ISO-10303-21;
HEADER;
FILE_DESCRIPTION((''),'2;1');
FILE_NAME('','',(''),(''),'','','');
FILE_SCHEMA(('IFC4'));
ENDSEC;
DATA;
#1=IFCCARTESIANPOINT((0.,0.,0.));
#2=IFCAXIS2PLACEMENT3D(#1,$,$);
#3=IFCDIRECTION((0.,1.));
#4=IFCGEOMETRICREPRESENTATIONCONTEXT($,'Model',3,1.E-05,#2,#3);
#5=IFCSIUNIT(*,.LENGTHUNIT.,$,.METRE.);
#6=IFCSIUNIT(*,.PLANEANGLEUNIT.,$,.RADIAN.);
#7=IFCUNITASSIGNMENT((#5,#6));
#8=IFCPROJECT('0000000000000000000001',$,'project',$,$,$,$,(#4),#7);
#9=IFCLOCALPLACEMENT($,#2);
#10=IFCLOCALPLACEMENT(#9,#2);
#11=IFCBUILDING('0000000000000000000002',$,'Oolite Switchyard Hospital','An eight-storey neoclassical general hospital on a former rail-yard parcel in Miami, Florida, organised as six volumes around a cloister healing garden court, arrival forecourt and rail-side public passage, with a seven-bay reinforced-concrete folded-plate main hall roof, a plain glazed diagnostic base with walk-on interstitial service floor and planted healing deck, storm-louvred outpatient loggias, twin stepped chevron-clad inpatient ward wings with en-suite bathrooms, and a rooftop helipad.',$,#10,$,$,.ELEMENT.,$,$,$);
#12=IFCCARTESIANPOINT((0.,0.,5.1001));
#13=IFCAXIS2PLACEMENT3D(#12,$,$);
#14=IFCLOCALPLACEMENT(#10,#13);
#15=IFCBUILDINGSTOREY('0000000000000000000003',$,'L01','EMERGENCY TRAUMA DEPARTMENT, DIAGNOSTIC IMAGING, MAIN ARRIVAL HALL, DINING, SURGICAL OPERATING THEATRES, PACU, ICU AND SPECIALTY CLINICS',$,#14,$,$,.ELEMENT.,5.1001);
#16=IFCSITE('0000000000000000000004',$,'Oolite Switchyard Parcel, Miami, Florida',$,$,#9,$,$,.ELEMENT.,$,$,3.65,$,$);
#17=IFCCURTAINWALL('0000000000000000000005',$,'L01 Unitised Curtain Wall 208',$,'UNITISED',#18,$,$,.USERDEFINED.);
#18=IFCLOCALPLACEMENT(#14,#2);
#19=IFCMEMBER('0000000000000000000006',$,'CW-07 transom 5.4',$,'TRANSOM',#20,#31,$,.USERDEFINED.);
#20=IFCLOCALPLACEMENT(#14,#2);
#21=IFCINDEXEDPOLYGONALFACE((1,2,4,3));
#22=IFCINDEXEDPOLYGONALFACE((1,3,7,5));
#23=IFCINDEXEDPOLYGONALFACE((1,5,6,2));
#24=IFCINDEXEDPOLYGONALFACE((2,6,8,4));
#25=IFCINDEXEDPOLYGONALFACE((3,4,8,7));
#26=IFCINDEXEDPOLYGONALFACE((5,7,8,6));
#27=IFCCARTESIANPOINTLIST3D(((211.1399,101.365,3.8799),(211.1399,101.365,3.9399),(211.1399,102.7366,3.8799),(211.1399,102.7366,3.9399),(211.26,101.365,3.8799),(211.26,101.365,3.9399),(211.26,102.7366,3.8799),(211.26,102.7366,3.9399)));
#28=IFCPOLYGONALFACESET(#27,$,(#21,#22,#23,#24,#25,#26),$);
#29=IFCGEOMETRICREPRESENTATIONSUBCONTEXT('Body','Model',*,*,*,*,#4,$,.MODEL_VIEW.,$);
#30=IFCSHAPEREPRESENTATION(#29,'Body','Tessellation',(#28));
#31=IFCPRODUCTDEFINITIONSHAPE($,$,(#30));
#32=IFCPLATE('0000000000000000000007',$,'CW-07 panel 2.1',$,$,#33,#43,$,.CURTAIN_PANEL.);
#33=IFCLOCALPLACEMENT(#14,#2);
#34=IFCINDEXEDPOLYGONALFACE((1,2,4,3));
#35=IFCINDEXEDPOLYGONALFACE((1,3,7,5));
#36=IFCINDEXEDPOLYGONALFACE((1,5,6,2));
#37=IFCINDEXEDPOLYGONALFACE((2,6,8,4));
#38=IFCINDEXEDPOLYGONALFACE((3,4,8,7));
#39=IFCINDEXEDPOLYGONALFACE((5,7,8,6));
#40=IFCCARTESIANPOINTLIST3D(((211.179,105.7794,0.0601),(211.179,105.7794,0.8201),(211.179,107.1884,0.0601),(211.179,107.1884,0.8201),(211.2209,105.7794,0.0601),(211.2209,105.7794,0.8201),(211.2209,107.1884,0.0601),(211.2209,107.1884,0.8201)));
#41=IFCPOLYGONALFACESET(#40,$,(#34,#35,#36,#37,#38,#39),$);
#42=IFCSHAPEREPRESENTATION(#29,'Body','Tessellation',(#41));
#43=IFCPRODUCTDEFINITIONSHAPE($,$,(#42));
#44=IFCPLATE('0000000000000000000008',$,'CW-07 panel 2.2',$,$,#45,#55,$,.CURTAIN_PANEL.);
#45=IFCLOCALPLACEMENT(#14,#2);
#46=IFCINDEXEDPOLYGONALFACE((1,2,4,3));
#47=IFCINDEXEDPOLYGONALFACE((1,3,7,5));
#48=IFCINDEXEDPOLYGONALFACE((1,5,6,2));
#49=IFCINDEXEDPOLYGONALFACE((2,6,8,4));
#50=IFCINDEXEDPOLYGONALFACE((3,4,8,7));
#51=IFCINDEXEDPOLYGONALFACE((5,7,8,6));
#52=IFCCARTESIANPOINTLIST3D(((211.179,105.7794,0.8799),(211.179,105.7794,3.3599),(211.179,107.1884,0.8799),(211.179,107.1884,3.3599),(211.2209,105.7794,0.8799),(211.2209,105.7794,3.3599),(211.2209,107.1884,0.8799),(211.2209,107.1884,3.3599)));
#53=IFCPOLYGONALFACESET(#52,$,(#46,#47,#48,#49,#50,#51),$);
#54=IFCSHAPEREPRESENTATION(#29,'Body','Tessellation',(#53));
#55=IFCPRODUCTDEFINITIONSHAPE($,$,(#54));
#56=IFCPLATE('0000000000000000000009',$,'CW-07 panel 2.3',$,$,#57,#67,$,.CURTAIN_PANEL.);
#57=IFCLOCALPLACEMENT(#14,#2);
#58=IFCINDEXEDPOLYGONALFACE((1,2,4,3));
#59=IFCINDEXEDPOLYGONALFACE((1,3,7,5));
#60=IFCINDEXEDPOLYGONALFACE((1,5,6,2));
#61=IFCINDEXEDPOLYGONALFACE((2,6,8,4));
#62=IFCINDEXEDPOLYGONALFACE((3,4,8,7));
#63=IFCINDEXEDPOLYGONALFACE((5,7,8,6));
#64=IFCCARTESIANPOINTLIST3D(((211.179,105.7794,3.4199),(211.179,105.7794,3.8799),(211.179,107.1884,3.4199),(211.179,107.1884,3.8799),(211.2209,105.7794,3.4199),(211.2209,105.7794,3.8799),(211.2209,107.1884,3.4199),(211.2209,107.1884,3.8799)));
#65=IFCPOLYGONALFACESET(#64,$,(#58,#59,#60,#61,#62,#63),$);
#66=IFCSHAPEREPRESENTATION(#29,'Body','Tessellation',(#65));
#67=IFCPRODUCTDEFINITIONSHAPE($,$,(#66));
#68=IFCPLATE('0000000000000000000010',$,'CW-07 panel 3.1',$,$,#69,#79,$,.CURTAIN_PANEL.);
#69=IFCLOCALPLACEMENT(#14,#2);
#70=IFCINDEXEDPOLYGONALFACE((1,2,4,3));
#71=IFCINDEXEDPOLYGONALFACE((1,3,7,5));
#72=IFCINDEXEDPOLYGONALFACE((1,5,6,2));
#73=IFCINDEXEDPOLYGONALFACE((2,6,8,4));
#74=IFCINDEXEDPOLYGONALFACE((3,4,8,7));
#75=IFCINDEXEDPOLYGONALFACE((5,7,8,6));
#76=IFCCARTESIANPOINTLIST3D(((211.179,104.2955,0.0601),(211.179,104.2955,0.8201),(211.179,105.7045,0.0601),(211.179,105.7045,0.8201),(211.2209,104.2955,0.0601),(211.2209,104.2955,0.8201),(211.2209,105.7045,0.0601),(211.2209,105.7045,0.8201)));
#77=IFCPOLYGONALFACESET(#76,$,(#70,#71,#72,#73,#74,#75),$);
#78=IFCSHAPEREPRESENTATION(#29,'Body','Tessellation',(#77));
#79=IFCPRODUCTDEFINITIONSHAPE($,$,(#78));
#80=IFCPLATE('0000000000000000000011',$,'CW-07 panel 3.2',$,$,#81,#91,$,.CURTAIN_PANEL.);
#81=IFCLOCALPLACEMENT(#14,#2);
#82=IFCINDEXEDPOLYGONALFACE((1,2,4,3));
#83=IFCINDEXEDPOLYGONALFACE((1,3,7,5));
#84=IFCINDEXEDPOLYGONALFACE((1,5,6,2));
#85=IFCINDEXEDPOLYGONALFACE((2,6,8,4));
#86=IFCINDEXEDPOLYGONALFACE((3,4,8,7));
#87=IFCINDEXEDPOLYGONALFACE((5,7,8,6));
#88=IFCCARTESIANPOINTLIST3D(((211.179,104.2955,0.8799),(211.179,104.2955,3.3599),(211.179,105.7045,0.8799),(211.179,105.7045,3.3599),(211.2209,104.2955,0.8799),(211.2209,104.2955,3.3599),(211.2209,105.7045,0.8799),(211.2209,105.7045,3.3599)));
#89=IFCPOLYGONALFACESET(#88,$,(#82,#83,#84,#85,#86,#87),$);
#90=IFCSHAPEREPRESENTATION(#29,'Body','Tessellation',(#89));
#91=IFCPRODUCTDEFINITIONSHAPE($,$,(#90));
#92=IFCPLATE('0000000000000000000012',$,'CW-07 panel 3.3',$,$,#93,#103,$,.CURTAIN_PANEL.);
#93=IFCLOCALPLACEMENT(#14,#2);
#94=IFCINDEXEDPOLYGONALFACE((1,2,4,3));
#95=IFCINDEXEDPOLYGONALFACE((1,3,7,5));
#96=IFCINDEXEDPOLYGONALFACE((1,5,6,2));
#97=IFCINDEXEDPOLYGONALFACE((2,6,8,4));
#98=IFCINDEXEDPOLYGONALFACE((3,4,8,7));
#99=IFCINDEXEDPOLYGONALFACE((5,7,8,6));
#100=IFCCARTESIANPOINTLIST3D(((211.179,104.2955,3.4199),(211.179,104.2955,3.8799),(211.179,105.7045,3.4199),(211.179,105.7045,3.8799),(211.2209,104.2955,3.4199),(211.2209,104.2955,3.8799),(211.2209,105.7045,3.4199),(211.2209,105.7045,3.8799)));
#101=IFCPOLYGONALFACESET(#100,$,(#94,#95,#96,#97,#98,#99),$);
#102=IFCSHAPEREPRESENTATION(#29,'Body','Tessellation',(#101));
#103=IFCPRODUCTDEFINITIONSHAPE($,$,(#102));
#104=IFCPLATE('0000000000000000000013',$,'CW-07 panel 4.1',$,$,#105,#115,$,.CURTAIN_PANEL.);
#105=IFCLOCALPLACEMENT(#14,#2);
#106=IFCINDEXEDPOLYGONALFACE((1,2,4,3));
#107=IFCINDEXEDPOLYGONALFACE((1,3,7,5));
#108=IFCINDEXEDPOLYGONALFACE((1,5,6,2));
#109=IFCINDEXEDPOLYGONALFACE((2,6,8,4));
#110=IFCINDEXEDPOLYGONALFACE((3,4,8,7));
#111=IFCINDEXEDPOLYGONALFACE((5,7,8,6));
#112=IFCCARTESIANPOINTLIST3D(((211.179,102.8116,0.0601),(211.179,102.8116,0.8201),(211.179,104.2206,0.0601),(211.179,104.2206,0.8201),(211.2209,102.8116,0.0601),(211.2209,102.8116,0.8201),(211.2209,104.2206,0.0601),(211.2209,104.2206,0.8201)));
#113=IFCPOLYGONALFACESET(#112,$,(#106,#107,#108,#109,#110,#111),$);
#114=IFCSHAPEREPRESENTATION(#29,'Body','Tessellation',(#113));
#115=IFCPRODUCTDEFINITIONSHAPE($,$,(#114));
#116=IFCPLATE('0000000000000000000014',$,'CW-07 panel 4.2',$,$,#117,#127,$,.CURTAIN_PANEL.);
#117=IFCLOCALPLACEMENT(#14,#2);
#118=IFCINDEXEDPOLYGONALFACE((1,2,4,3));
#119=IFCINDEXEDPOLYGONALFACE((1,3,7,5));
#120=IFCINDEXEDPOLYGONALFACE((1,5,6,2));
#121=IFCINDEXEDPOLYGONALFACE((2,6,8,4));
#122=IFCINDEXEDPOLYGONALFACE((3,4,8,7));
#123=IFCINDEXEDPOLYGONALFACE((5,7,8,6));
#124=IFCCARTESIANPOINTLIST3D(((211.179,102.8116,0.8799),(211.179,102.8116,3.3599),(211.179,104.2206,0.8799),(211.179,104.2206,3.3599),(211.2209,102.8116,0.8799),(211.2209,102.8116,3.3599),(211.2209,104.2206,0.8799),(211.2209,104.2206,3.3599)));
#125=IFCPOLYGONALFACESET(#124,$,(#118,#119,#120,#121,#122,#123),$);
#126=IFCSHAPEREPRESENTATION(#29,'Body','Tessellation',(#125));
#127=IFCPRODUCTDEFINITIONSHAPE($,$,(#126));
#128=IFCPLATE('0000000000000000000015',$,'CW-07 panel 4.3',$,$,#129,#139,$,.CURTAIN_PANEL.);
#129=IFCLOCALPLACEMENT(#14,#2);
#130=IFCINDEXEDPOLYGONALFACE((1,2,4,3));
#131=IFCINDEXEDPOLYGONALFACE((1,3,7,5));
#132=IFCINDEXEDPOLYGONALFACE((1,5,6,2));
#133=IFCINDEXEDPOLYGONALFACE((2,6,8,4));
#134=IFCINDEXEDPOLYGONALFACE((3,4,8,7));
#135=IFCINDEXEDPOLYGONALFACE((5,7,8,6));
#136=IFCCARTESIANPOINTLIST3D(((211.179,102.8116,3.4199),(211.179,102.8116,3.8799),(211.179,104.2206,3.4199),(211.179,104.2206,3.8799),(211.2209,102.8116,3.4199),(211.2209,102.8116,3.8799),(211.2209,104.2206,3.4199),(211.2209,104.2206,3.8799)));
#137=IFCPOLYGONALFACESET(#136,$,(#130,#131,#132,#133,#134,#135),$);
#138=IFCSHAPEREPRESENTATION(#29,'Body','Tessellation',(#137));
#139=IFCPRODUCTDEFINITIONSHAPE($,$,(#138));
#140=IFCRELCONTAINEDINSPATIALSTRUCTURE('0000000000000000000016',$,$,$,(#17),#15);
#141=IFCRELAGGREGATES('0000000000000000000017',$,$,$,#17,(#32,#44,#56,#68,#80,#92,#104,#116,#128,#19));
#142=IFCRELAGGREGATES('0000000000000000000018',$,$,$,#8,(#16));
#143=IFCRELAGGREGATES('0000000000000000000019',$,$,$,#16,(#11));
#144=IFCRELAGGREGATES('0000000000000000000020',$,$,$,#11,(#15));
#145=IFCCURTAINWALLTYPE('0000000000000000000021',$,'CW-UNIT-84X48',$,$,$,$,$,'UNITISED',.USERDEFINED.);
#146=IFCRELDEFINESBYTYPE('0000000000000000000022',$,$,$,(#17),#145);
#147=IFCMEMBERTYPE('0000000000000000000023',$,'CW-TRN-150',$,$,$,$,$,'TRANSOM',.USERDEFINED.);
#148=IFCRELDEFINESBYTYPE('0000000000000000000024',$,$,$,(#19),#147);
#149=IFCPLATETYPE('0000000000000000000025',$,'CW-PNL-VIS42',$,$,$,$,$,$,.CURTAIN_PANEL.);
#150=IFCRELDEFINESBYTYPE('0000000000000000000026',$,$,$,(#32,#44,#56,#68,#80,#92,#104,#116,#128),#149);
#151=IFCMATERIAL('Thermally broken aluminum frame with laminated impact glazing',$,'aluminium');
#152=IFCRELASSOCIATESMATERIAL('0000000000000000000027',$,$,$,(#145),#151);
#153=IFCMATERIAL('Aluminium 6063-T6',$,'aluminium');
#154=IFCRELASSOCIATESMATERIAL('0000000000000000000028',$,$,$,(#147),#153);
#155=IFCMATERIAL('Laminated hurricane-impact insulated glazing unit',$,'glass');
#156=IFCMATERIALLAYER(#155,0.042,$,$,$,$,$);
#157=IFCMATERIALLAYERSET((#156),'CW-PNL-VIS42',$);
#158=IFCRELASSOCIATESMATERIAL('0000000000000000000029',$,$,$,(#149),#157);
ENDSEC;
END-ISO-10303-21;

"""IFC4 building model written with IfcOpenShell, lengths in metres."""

from ifc_helpers import new_model, si_unit, direction, frame, origin, origin_2d, place, context, subcontext, project, spatial, rectangle, extrude, material, layer, layer_set, material_profile, profile_set, type_object, element, aggregate, save


model = new_model("IFC4")

# Units and contexts
model_context = context("Model", 3, precision=1e-05, world=origin(), true_north=direction((0.0, 1.0)))
body_context = subcontext(model_context, "Body", "Model", "MODEL_VIEW")
ifc_project = project(units=[si_unit("LENGTHUNIT", "METRE"), si_unit("PLANEANGLEUNIT", "RADIAN")], contexts=[model_context])

# Site, building, storey
site_placement = place(None, origin())
site = spatial("IfcSite", under=ifc_project, at=site_placement, Name="Oolite Switchyard Parcel, Miami, Florida", CompositionType="ELEMENT", RefElevation=3.65)
building_placement = place(site_placement, origin())
building = spatial("IfcBuilding", under=site, at=building_placement, Name="Oolite Switchyard Hospital", Description="An eight-storey neoclassical general hospital on a former rail-yard parcel in Miami, Florida, organised as six volumes around a cloister healing garden court, arrival forecourt and rail-side public passage, with a seven-bay reinforced-concrete folded-plate main hall roof, a plain glazed diagnostic base with walk-on interstitial service floor and planted healing deck, storm-louvred outpatient loggias, twin stepped chevron-clad inpatient ward wings with en-suite bathrooms, and a rooftop helipad.", CompositionType="ELEMENT")
storey_placement = place(building_placement, frame((0.0, 0.0, 5.1001)))
storey = spatial("IfcBuildingStorey", under=building, at=storey_placement, Name="L01", Description="EMERGENCY TRAUMA DEPARTMENT, DIAGNOSTIC IMAGING, MAIN ARRIVAL HALL, DINING, SURGICAL OPERATING THEATRES, PACU, ICU AND SPECIALTY CLINICS", CompositionType="ELEMENT", Elevation=5.1001)

# Curtain wall, member, plates
ifc_material_1 = material(Name="Thermally broken aluminum frame with laminated impact glazing", Category="aluminium")
curtain_wall_type = type_object("IfcCurtainWallType", Name="CW-UNIT-84X48", ElementType="UNITISED", PredefinedType="USERDEFINED", material=ifc_material_1)
curtain_wall_placement = place(storey_placement, origin())
curtain_wall = element("IfcCurtainWall", 1, at=curtain_wall_placement, inside=storey, type_object=curtain_wall_type, Name="L01 Unitised Curtain Wall 208", ObjectType="UNITISED", PredefinedType="USERDEFINED")
ifc_material_2 = material(Name="Aluminium 6063-T6", Category="aluminium")
ifc_material_profile_1 = material_profile(ifc_material_2, rectangle(XDim=0.1201, YDim=0.0601, at=origin_2d()), Name="CWT60X120")
ifc_profile_set_1 = profile_set([ifc_material_profile_1], Name="Aluminium 6063-T6")
member_type_1 = type_object("IfcMemberType", Name="CW-TRN-150", ElementType="TRANSOM", PredefinedType="USERDEFINED", material=ifc_profile_set_1)
member_1_placement = place(storey_placement, frame((211.2, 102.7366, 3.9099), z_axis=(0.0, -1.0, 0.0), x_axis=(1.0, 0.0, 0.0)))
member_1 = element("IfcMember", 2, at=member_1_placement, type_object=member_type_1, Name="CW-07 transom 5.4", ObjectType="TRANSOM", PredefinedType="USERDEFINED", context=body_context, shape_type="SweptSolid", body=[
    extrude(rectangle(XDim=0.1201, YDim=0.0601, at=origin_2d()), origin(), (0.0, 0.0, 1.0), 1.3716),
])
ifc_material_3 = material(Name="Laminated hurricane-impact insulated glazing unit", Category="glass")
ifc_layer = layer(ifc_material_3, 0.042)
ifc_layer_set = layer_set([ifc_layer], Name="CW-PNL-VIS42")
plate_type = type_object("IfcPlateType", Name="CW-PNL-VIS42", PredefinedType="CURTAIN_PANEL", material=ifc_layer_set)
plate_1_placement = place(storey_placement, frame((211.2, 106.4839, 0.0601), z_axis=(0.0, 0.0, 1.0), x_axis=(0.0, -1.0, 0.0)))
plate_1 = element("IfcPlate", 3, at=plate_1_placement, type_object=plate_type, Name="CW-07 panel 2.1", PredefinedType="CURTAIN_PANEL", context=body_context, shape_type="SweptSolid", body=[
    extrude(rectangle(XDim=1.4089, YDim=0.042, at=origin_2d()), origin(), (0.0, 0.0, 1.0), 0.76),
])
plate_2_placement = place(storey_placement, frame((211.2, 106.4839, 0.8799), z_axis=(0.0, 0.0, 1.0), x_axis=(0.0, -1.0, 0.0)))
plate_2 = element("IfcPlate", 4, at=plate_2_placement, type_object=plate_type, Name="CW-07 panel 2.2", PredefinedType="CURTAIN_PANEL", context=body_context, shape_type="SweptSolid", body=[
    extrude(rectangle(XDim=1.4089, YDim=0.042, at=origin_2d()), origin(), (0.0, 0.0, 1.0), 2.48),
])
plate_3_placement = place(storey_placement, frame((211.2, 106.4839, 3.4199), z_axis=(0.0, 0.0, 1.0), x_axis=(0.0, -1.0, 0.0)))
plate_3 = element("IfcPlate", 5, at=plate_3_placement, type_object=plate_type, Name="CW-07 panel 2.3", PredefinedType="CURTAIN_PANEL", context=body_context, shape_type="SweptSolid", body=[
    extrude(rectangle(XDim=1.4089, YDim=0.042, at=origin_2d()), origin(), (0.0, 0.0, 1.0), 0.46),
])
plate_4_placement = place(storey_placement, frame((211.2, 105.0, 0.0601), z_axis=(0.0, 0.0, 1.0), x_axis=(0.0, -1.0, 0.0)))
plate_4 = element("IfcPlate", 6, at=plate_4_placement, type_object=plate_type, Name="CW-07 panel 3.1", PredefinedType="CURTAIN_PANEL", context=body_context, shape_type="SweptSolid", body=[
    extrude(rectangle(XDim=1.4089, YDim=0.042, at=origin_2d()), origin(), (0.0, 0.0, 1.0), 0.76),
])
plate_5_placement = place(storey_placement, frame((211.2, 105.0, 0.8799), z_axis=(0.0, 0.0, 1.0), x_axis=(0.0, -1.0, 0.0)))
plate_5 = element("IfcPlate", 7, at=plate_5_placement, type_object=plate_type, Name="CW-07 panel 3.2", PredefinedType="CURTAIN_PANEL", context=body_context, shape_type="SweptSolid", body=[
    extrude(rectangle(XDim=1.4089, YDim=0.042, at=origin_2d()), origin(), (0.0, 0.0, 1.0), 2.48),
])
plate_6_placement = place(storey_placement, frame((211.2, 105.0, 3.4199), z_axis=(0.0, 0.0, 1.0), x_axis=(0.0, -1.0, 0.0)))
plate_6 = element("IfcPlate", 8, at=plate_6_placement, type_object=plate_type, Name="CW-07 panel 3.3", PredefinedType="CURTAIN_PANEL", context=body_context, shape_type="SweptSolid", body=[
    extrude(rectangle(XDim=1.4089, YDim=0.042, at=origin_2d()), origin(), (0.0, 0.0, 1.0), 0.46),
])
plate_7_placement = place(storey_placement, frame((211.2, 103.5161, 0.0601), z_axis=(0.0, 0.0, 1.0), x_axis=(0.0, -1.0, 0.0)))
plate_7 = element("IfcPlate", 9, at=plate_7_placement, type_object=plate_type, Name="CW-07 panel 4.1", PredefinedType="CURTAIN_PANEL", context=body_context, shape_type="SweptSolid", body=[
    extrude(rectangle(XDim=1.4089, YDim=0.042, at=origin_2d()), origin(), (0.0, 0.0, 1.0), 0.76),
])
plate_8_placement = place(storey_placement, frame((211.2, 103.5161, 0.8799), z_axis=(0.0, 0.0, 1.0), x_axis=(0.0, -1.0, 0.0)))
plate_8 = element("IfcPlate", 10, at=plate_8_placement, type_object=plate_type, Name="CW-07 panel 4.2", PredefinedType="CURTAIN_PANEL", context=body_context, shape_type="SweptSolid", body=[
    extrude(rectangle(XDim=1.4089, YDim=0.042, at=origin_2d()), origin(), (0.0, 0.0, 1.0), 2.48),
])
plate_9_placement = place(storey_placement, frame((211.2, 103.5161, 3.4199), z_axis=(0.0, 0.0, 1.0), x_axis=(0.0, -1.0, 0.0)))
plate_9 = element("IfcPlate", 11, at=plate_9_placement, type_object=plate_type, Name="CW-07 panel 4.3", PredefinedType="CURTAIN_PANEL", context=body_context, shape_type="SweptSolid", body=[
    extrude(rectangle(XDim=1.4089, YDim=0.042, at=origin_2d()), origin(), (0.0, 0.0, 1.0), 0.46),
])
aggregate(curtain_wall, [plate_1, plate_2, plate_3, plate_4, plate_5, plate_6, plate_7, plate_8, plate_9, member_1])

save(model, "model.ifc")
